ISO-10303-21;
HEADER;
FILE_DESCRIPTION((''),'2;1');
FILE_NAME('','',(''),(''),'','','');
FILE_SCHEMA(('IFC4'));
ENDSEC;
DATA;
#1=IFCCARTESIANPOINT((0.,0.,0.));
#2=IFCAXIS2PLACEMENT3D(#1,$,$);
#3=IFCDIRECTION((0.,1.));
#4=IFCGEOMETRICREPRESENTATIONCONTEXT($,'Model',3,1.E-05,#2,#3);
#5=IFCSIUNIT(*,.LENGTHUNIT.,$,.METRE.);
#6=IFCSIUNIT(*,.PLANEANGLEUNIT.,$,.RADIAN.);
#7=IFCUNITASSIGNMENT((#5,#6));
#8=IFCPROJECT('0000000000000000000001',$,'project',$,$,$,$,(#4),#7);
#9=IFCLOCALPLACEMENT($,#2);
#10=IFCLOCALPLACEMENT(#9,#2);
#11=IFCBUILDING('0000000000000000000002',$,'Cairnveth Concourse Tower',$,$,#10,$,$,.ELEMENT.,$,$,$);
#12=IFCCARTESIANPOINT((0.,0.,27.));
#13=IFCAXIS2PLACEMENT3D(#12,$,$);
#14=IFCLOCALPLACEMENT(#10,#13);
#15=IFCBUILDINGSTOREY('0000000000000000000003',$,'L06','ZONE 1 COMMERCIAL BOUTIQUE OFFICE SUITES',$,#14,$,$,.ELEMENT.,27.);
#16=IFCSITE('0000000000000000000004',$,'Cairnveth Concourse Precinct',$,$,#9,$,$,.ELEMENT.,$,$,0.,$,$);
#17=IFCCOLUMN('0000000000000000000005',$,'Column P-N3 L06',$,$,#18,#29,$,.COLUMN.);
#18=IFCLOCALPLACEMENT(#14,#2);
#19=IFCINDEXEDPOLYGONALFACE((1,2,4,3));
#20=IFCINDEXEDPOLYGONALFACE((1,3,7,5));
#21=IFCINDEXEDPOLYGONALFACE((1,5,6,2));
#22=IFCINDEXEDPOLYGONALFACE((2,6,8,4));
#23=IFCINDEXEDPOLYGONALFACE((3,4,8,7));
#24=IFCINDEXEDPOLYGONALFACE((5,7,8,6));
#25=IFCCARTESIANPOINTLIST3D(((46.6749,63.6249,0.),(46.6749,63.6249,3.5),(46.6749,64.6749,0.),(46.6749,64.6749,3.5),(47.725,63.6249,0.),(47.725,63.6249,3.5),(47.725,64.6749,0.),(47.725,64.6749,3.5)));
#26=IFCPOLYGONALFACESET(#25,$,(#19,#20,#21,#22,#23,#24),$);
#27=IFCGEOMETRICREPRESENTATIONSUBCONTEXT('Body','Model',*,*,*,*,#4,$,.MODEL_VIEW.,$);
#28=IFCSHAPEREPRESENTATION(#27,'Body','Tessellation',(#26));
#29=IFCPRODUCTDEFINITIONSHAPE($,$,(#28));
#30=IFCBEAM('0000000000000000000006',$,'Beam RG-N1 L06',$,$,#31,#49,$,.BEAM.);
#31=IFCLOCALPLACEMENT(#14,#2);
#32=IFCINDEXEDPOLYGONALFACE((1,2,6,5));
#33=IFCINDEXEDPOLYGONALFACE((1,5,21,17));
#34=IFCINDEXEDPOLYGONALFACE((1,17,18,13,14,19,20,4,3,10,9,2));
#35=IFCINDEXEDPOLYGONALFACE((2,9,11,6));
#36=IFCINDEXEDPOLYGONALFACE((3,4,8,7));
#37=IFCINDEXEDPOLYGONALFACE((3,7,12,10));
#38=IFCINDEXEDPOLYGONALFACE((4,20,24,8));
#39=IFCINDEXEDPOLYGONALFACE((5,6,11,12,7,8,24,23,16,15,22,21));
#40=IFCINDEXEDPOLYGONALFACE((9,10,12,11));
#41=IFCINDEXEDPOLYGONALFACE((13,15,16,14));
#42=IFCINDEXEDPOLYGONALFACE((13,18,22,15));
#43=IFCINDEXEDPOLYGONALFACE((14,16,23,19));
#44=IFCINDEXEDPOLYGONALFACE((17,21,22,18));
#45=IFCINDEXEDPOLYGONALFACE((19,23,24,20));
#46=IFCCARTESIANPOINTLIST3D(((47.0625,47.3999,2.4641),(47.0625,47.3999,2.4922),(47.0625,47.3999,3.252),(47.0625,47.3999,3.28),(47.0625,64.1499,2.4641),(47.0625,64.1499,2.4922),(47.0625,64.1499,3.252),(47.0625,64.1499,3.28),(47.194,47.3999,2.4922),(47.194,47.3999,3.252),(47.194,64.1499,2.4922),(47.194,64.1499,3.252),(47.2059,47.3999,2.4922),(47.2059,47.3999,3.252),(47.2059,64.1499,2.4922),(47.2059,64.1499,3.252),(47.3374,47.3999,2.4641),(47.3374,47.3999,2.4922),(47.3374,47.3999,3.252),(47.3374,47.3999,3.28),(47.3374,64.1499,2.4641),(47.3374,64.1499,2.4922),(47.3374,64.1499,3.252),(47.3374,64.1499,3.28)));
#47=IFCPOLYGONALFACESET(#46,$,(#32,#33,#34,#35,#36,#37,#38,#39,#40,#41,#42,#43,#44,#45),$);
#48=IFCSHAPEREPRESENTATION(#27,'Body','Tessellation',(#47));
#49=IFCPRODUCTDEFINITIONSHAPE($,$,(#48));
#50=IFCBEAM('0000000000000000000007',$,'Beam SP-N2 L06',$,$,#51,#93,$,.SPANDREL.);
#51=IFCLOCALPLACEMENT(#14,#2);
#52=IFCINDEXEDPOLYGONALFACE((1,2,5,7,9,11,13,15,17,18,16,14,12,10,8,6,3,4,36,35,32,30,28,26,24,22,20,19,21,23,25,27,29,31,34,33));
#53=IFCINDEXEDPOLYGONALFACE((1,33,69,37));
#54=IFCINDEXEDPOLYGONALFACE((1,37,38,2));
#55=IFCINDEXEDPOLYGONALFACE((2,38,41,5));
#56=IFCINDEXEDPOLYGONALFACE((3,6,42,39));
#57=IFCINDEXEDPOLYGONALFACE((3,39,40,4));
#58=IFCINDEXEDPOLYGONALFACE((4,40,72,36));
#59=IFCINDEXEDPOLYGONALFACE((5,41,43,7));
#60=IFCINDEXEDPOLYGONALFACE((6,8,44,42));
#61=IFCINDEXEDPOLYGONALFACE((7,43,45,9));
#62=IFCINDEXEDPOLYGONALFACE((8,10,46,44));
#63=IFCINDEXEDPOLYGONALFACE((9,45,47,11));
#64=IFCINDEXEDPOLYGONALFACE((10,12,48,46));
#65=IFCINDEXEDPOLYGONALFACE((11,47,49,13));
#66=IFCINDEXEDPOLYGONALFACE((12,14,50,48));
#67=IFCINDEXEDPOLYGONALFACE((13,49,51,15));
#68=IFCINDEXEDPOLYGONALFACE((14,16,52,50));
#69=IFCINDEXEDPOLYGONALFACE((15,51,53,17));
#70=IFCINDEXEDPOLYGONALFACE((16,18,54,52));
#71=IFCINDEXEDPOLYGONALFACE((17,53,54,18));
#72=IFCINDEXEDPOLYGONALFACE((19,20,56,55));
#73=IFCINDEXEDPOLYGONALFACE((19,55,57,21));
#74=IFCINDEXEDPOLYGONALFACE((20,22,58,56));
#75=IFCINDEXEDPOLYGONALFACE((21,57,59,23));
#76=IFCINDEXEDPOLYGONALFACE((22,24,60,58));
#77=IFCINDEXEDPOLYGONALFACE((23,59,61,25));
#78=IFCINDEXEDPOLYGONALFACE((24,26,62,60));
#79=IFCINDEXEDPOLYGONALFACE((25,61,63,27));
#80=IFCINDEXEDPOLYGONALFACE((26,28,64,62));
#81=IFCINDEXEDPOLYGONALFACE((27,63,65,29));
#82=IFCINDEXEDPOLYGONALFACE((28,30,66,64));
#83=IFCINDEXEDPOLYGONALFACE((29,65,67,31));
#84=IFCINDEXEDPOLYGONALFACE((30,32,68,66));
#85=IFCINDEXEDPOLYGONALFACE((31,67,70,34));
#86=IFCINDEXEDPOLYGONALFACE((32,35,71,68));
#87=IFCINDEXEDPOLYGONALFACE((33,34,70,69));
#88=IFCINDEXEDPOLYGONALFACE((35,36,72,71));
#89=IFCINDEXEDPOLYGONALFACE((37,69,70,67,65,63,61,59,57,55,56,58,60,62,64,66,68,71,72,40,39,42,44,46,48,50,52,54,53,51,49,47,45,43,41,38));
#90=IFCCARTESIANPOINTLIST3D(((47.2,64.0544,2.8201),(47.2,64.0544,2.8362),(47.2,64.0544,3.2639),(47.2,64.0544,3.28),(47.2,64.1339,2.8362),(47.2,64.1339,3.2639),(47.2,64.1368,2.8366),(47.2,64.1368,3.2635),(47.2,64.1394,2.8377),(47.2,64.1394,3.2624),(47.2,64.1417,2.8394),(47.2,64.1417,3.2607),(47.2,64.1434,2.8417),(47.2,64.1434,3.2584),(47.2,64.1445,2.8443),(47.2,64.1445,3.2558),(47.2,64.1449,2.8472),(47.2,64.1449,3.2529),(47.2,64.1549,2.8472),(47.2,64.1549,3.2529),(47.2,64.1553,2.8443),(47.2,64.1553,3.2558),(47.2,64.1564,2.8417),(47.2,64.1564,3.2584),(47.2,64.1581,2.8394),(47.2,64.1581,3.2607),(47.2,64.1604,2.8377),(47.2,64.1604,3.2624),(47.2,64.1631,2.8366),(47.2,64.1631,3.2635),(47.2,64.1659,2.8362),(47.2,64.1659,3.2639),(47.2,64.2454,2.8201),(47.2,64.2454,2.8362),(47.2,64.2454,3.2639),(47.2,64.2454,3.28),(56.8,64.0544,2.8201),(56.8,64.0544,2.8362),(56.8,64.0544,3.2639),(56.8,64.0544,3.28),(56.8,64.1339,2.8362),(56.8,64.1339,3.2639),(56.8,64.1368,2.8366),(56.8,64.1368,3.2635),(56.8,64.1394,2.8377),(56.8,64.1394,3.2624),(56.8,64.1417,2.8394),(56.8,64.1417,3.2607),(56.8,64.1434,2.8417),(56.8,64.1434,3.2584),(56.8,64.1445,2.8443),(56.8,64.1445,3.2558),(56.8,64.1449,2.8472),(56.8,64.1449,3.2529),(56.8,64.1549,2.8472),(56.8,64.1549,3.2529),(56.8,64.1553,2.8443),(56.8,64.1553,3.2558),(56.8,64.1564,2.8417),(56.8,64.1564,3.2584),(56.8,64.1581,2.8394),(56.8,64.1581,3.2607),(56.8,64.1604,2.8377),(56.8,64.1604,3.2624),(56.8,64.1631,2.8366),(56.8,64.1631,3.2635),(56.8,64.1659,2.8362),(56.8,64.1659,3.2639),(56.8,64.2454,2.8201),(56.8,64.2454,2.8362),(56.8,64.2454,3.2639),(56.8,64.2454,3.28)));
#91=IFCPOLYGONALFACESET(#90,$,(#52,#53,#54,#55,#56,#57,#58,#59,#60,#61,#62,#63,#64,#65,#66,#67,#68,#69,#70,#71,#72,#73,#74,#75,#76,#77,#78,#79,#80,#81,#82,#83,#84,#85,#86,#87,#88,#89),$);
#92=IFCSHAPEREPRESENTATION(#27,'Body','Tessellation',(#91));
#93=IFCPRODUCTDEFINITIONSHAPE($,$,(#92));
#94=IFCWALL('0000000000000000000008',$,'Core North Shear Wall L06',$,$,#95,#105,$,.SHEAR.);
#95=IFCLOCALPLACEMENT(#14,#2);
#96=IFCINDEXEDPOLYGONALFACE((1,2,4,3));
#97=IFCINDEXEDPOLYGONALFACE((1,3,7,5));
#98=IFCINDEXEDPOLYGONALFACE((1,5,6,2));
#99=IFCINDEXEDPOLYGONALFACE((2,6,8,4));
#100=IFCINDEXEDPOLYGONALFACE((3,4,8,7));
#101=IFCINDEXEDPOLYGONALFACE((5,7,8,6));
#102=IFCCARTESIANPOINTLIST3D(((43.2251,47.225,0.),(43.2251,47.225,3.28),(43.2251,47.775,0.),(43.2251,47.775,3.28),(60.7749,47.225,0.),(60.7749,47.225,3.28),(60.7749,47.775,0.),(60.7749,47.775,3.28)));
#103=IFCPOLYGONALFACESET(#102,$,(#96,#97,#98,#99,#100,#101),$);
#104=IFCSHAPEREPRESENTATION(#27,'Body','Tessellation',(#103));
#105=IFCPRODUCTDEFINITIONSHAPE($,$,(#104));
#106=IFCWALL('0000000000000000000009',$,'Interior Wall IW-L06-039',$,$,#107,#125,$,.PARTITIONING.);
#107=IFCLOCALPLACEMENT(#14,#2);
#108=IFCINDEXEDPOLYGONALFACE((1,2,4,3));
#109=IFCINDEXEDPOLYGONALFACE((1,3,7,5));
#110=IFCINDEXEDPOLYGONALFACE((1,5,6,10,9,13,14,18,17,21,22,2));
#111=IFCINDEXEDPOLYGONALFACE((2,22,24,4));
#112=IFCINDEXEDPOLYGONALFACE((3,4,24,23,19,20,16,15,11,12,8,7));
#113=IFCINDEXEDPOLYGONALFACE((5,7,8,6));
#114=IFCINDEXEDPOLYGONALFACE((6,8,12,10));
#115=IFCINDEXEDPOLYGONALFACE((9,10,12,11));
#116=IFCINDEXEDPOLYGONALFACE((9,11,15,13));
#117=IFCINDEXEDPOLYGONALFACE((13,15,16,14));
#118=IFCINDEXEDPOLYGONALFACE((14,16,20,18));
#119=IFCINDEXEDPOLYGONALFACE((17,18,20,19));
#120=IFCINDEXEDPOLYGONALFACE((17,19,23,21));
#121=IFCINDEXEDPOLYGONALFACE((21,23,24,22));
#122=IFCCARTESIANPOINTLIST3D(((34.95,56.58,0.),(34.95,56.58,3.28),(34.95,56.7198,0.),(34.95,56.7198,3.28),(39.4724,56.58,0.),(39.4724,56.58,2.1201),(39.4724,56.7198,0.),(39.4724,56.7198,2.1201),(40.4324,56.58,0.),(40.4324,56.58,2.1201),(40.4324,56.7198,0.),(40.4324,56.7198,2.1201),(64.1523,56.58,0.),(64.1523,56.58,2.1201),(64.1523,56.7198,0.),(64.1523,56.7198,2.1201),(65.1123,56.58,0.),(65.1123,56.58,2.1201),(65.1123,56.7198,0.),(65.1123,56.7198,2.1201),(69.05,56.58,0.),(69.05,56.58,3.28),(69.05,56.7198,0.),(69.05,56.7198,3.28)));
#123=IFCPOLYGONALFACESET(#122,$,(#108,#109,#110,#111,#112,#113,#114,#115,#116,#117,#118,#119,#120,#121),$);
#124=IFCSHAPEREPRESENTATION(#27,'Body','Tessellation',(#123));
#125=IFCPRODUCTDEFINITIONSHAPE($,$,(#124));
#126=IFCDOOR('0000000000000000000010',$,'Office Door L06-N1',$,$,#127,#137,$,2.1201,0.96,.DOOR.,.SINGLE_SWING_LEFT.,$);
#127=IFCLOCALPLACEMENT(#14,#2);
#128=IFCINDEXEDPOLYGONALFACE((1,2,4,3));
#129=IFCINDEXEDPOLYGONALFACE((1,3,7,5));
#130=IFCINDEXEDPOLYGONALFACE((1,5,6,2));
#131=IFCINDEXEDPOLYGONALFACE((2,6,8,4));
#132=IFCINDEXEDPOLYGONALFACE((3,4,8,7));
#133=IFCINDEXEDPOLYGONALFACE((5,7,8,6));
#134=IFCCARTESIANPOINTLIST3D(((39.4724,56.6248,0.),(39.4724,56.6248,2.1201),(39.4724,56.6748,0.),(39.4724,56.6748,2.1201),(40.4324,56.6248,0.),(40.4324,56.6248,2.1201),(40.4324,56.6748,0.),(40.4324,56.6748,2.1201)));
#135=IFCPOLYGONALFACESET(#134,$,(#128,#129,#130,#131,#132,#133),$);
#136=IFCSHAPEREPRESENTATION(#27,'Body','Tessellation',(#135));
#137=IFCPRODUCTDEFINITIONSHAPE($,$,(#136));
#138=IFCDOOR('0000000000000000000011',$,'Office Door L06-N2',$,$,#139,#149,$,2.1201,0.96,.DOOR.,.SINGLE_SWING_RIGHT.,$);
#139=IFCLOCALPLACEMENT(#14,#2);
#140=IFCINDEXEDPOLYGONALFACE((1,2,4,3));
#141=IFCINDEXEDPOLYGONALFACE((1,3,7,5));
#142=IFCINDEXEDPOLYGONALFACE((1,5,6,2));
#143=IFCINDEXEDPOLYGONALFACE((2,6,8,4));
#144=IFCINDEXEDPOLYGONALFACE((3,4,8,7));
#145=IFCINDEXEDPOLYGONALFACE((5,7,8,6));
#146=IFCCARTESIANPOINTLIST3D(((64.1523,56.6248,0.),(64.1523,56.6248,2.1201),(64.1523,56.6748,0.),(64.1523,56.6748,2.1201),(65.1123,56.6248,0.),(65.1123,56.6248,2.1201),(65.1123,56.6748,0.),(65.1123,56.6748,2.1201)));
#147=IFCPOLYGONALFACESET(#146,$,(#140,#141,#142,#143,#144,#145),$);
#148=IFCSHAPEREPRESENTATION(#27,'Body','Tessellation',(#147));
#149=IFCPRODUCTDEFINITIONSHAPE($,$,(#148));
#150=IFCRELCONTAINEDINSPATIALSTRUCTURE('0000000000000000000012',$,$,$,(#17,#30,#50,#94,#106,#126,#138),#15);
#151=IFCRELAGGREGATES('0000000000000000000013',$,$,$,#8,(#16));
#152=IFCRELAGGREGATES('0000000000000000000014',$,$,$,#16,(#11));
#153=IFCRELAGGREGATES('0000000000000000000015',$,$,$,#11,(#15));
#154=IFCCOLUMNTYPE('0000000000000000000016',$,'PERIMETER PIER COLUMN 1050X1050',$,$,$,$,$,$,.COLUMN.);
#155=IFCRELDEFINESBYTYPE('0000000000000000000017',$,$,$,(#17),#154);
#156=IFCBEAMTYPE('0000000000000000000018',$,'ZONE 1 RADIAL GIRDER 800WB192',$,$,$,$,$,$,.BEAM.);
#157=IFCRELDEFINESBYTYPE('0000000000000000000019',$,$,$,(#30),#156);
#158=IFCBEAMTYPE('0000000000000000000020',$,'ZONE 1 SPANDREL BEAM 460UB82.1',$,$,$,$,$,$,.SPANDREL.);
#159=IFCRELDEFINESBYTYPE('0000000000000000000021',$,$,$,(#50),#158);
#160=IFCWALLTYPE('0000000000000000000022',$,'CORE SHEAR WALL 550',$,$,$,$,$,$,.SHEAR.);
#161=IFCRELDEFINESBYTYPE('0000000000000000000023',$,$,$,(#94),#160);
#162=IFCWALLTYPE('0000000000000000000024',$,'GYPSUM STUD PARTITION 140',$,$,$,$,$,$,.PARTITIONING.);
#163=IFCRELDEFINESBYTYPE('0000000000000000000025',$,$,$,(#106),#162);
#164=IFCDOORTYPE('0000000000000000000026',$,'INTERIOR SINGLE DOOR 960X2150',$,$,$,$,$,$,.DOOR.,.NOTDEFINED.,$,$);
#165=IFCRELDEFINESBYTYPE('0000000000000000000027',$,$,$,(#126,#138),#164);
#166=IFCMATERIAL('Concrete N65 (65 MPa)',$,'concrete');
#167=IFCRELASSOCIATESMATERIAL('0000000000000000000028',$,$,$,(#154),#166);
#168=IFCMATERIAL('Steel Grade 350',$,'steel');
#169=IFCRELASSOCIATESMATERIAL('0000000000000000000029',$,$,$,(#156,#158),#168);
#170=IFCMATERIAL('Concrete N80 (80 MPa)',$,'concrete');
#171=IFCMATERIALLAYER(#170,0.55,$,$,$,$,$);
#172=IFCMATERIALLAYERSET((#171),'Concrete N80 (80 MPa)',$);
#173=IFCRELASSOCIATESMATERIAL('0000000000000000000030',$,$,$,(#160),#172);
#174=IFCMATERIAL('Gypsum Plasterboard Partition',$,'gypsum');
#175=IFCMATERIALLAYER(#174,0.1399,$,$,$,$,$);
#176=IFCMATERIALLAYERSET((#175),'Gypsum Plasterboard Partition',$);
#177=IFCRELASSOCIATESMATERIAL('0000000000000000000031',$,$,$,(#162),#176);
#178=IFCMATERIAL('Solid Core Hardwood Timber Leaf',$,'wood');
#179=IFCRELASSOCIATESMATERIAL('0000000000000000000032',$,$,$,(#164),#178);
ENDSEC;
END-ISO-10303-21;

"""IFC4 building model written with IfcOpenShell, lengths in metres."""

from ifc_helpers import new_model, si_unit, direction, frame, frame_2d, origin, origin_2d, place, context, subcontext, project, spatial, rectangle, i_section, extrude, material, layer, layer_set, material_profile, profile_set, type_object, element, fill, save


model = new_model("IFC4")

# Units and contexts
model_context = context("Model", 3, precision=1e-05, world=origin(), true_north=direction((0.0, 1.0)))
body_context = subcontext(model_context, "Body", "Model", "MODEL_VIEW")
ifc_project = project(units=[si_unit("LENGTHUNIT", "METRE"), si_unit("PLANEANGLEUNIT", "RADIAN")], contexts=[model_context])

# Site, building, storey
site_placement = place(None, origin())
site = spatial("IfcSite", under=ifc_project, at=site_placement, Name="Cairnveth Concourse Precinct", CompositionType="ELEMENT", RefElevation=0.0)
building_placement = place(site_placement, origin())
building = spatial("IfcBuilding", under=site, at=building_placement, Name="Cairnveth Concourse Tower", CompositionType="ELEMENT")
storey_placement = place(building_placement, frame((0.0, 0.0, 27.0)))
storey = spatial("IfcBuildingStorey", under=building, at=storey_placement, Name="L06", Description="ZONE 1 COMMERCIAL BOUTIQUE OFFICE SUITES", CompositionType="ELEMENT", Elevation=27.0)

# Column
ifc_material_1 = material(Name="Concrete N65 (65 MPa)", Category="concrete")
ifc_material_profile_1 = material_profile(ifc_material_1, rectangle(XDim=1.05, YDim=1.05, at=origin_2d()), Name="RC-COL-1050x1050")
ifc_profile_set_1 = profile_set([ifc_material_profile_1], Name="Concrete N65 (65 MPa)")
column_type = type_object("IfcColumnType", Name="PERIMETER PIER COLUMN 1050X1050", PredefinedType="COLUMN", material=ifc_profile_set_1)
column_placement = place(storey_placement, frame((47.2, 64.1499, 0.0), z_axis=(0.0, 0.0, 1.0), x_axis=(1.0, 0.0, 0.0)))
element("IfcColumn", 1, at=column_placement, inside=storey, type_object=column_type, Name="Column P-N3 L06", PredefinedType="COLUMN", context=body_context, shape_type="SweptSolid", body=[
    extrude(rectangle(XDim=1.05, YDim=1.05, at=origin_2d()), origin(), (0.0, 0.0, 1.0), 3.5),
])

# Beams
ifc_material_2 = material(Name="Steel Grade 350", Category="steel")
ifc_material_profile_2 = material_profile(ifc_material_2, i_section(OverallWidth=0.2749, OverallDepth=0.8159, WebThickness=0.012, FlangeThickness=0.0281, at=origin_2d()), Name="800WB192")
ifc_profile_set_2 = profile_set([ifc_material_profile_2], Name="Steel Grade 350")
beam_type_1 = type_object("IfcBeamType", Name="ZONE 1 RADIAL GIRDER 800WB192", PredefinedType="BEAM", material=ifc_profile_set_2)
beam_1_placement = place(storey_placement, frame((47.2, 47.3999, 2.8721), z_axis=(0.0, 1.0, 0.0), x_axis=(-1.0, 0.0, 0.0)))
element("IfcBeam", 2, at=beam_1_placement, inside=storey, type_object=beam_type_1, Name="Beam RG-N1 L06", PredefinedType="BEAM", context=body_context, shape_type="SweptSolid", body=[
    extrude(i_section(OverallWidth=0.2749, OverallDepth=0.8159, WebThickness=0.012, FlangeThickness=0.0281, at=origin_2d()), origin(), (0.0, 0.0, 1.0), 16.75),
])
ifc_material_profile_3 = material_profile(ifc_material_2, i_section(OverallWidth=0.1909, OverallDepth=0.46, WebThickness=0.01, FlangeThickness=0.0161, FilletRadius=0.011, at=origin_2d()), Name="460UB82.1")
ifc_profile_set_3 = profile_set([ifc_material_profile_3], Name="Steel Grade 350")
beam_type_2 = type_object("IfcBeamType", Name="ZONE 1 SPANDREL BEAM 460UB82.1", PredefinedType="SPANDREL", material=ifc_profile_set_3)
beam_2_placement = place(storey_placement, frame((47.2, 64.1499, 3.05), z_axis=(1.0, 0.0, 0.0), x_axis=(0.0, 1.0, 0.0)))
element("IfcBeam", 3, at=beam_2_placement, inside=storey, type_object=beam_type_2, Name="Beam SP-N2 L06", PredefinedType="SPANDREL", context=body_context, shape_type="SweptSolid", body=[
    extrude(i_section(OverallWidth=0.1909, OverallDepth=0.46, WebThickness=0.01, FlangeThickness=0.0161, FilletRadius=0.011, at=origin_2d()), origin(), (0.0, 0.0, 1.0), 9.6001),
])

# Wall
ifc_material_3 = material(Name="Concrete N80 (80 MPa)", Category="concrete")
ifc_layer_1 = layer(ifc_material_3, 0.55)
ifc_layer_set_1 = layer_set([ifc_layer_1], Name="Concrete N80 (80 MPa)")
wall_type_1 = type_object("IfcWallType", Name="CORE SHEAR WALL 550", PredefinedType="SHEAR", material=ifc_layer_set_1)
wall_1_placement = place(storey_placement, frame((43.2251, 47.5, 0.0), z_axis=(0.0, 0.0, 1.0), x_axis=(1.0, 0.0, 0.0)))
element("IfcWall", 4, at=wall_1_placement, inside=storey, type_object=wall_type_1, Name="Core North Shear Wall L06", PredefinedType="SHEAR", context=body_context, shape_type="SweptSolid", body=[
    extrude(rectangle(XDim=17.5498, YDim=0.55, at=frame_2d((8.7749, 0.0))), origin(), (0.0, 0.0, 1.0), 3.28),
])

# Wall, openings, doors
ifc_material_4 = material(Name="Gypsum Plasterboard Partition", Category="gypsum")
ifc_layer_2 = layer(ifc_material_4, 0.1399)
ifc_layer_set_2 = layer_set([ifc_layer_2], Name="Gypsum Plasterboard Partition")
wall_type_2 = type_object("IfcWallType", Name="GYPSUM STUD PARTITION 140", PredefinedType="PARTITIONING", material=ifc_layer_set_2)
wall_2_placement = place(storey_placement, frame((34.95, 56.6499, 0.0), z_axis=(0.0, 0.0, 1.0), x_axis=(1.0, 0.0, 0.0)))
wall_2 = element("IfcWall", 5, at=wall_2_placement, inside=storey, type_object=wall_type_2, Name="Interior Wall IW-L06-039", PredefinedType="PARTITIONING", context=body_context, shape_type="SweptSolid", body=[
    extrude(rectangle(XDim=34.1001, YDim=0.1399, at=frame_2d((17.05, 0.0))), origin(), (0.0, 0.0, 1.0), 3.28),
])
opening_1_placement = place(wall_2_placement, frame((4.5225, 0.0, 0.0)))
opening_1 = element("IfcOpeningElement", 6, at=opening_1_placement, cuts=wall_2, PredefinedType="OPENING", context=body_context, shape_type="SweptSolid", body=[
    extrude(rectangle(XDim=0.96, YDim=2.1201, at=frame_2d((0.48, 1.0601))), frame((0.0, 0.0798, 0.0), z_axis=(0.0, -1.0, 0.0), x_axis=(1.0, 0.0, 0.0)), (0.0, 0.0, 1.0), 0.1599),
])
opening_2_placement = place(wall_2_placement, frame((29.2024, 0.0, 0.0)))
opening_2 = element("IfcOpeningElement", 7, at=opening_2_placement, cuts=wall_2, PredefinedType="OPENING", context=body_context, shape_type="SweptSolid", body=[
    extrude(rectangle(XDim=0.96, YDim=2.1201, at=frame_2d((0.48, 1.0601))), frame((0.0, 0.0798, 0.0), z_axis=(0.0, -1.0, 0.0), x_axis=(1.0, 0.0, 0.0)), (0.0, 0.0, 1.0), 0.1599),
])
ifc_material_5 = material(Name="Solid Core Hardwood Timber Leaf", Category="wood")
door_type_1 = type_object("IfcDoorType", Name="INTERIOR SINGLE DOOR 960X2150", OperationType="NOTDEFINED", PredefinedType="DOOR", material=ifc_material_5)
door_1_placement = place(opening_1_placement, origin())
door_1 = element("IfcDoor", 8, at=door_1_placement, inside=storey, type_object=door_type_1, Name="Office Door L06-N1", OperationType="SINGLE_SWING_LEFT", OverallHeight=2.1201, OverallWidth=0.96, PredefinedType="DOOR", context=body_context, shape_type="SweptSolid", body=[
    extrude(rectangle(XDim=0.96, YDim=2.1201, at=frame_2d((0.48, 1.0601))), frame((0.0, 0.0249, 0.0), z_axis=(0.0, -1.0, 0.0), x_axis=(1.0, 0.0, 0.0)), (0.0, 0.0, 1.0), 0.05),
])
fill(opening_1, door_1)
door_2_placement = place(opening_2_placement, origin())
door_2 = element("IfcDoor", 9, at=door_2_placement, inside=storey, type_object=door_type_1, Name="Office Door L06-N2", OperationType="SINGLE_SWING_RIGHT", OverallHeight=2.1201, OverallWidth=0.96, PredefinedType="DOOR", context=body_context, shape_type="SweptSolid", body=[
    extrude(rectangle(XDim=0.96, YDim=2.1201, at=frame_2d((0.48, 1.0601))), frame((0.0, 0.0249, 0.0), z_axis=(0.0, -1.0, 0.0), x_axis=(1.0, 0.0, 0.0)), (0.0, 0.0, 1.0), 0.05),
])
fill(opening_2, door_2)

save(model, "model.ifc")
